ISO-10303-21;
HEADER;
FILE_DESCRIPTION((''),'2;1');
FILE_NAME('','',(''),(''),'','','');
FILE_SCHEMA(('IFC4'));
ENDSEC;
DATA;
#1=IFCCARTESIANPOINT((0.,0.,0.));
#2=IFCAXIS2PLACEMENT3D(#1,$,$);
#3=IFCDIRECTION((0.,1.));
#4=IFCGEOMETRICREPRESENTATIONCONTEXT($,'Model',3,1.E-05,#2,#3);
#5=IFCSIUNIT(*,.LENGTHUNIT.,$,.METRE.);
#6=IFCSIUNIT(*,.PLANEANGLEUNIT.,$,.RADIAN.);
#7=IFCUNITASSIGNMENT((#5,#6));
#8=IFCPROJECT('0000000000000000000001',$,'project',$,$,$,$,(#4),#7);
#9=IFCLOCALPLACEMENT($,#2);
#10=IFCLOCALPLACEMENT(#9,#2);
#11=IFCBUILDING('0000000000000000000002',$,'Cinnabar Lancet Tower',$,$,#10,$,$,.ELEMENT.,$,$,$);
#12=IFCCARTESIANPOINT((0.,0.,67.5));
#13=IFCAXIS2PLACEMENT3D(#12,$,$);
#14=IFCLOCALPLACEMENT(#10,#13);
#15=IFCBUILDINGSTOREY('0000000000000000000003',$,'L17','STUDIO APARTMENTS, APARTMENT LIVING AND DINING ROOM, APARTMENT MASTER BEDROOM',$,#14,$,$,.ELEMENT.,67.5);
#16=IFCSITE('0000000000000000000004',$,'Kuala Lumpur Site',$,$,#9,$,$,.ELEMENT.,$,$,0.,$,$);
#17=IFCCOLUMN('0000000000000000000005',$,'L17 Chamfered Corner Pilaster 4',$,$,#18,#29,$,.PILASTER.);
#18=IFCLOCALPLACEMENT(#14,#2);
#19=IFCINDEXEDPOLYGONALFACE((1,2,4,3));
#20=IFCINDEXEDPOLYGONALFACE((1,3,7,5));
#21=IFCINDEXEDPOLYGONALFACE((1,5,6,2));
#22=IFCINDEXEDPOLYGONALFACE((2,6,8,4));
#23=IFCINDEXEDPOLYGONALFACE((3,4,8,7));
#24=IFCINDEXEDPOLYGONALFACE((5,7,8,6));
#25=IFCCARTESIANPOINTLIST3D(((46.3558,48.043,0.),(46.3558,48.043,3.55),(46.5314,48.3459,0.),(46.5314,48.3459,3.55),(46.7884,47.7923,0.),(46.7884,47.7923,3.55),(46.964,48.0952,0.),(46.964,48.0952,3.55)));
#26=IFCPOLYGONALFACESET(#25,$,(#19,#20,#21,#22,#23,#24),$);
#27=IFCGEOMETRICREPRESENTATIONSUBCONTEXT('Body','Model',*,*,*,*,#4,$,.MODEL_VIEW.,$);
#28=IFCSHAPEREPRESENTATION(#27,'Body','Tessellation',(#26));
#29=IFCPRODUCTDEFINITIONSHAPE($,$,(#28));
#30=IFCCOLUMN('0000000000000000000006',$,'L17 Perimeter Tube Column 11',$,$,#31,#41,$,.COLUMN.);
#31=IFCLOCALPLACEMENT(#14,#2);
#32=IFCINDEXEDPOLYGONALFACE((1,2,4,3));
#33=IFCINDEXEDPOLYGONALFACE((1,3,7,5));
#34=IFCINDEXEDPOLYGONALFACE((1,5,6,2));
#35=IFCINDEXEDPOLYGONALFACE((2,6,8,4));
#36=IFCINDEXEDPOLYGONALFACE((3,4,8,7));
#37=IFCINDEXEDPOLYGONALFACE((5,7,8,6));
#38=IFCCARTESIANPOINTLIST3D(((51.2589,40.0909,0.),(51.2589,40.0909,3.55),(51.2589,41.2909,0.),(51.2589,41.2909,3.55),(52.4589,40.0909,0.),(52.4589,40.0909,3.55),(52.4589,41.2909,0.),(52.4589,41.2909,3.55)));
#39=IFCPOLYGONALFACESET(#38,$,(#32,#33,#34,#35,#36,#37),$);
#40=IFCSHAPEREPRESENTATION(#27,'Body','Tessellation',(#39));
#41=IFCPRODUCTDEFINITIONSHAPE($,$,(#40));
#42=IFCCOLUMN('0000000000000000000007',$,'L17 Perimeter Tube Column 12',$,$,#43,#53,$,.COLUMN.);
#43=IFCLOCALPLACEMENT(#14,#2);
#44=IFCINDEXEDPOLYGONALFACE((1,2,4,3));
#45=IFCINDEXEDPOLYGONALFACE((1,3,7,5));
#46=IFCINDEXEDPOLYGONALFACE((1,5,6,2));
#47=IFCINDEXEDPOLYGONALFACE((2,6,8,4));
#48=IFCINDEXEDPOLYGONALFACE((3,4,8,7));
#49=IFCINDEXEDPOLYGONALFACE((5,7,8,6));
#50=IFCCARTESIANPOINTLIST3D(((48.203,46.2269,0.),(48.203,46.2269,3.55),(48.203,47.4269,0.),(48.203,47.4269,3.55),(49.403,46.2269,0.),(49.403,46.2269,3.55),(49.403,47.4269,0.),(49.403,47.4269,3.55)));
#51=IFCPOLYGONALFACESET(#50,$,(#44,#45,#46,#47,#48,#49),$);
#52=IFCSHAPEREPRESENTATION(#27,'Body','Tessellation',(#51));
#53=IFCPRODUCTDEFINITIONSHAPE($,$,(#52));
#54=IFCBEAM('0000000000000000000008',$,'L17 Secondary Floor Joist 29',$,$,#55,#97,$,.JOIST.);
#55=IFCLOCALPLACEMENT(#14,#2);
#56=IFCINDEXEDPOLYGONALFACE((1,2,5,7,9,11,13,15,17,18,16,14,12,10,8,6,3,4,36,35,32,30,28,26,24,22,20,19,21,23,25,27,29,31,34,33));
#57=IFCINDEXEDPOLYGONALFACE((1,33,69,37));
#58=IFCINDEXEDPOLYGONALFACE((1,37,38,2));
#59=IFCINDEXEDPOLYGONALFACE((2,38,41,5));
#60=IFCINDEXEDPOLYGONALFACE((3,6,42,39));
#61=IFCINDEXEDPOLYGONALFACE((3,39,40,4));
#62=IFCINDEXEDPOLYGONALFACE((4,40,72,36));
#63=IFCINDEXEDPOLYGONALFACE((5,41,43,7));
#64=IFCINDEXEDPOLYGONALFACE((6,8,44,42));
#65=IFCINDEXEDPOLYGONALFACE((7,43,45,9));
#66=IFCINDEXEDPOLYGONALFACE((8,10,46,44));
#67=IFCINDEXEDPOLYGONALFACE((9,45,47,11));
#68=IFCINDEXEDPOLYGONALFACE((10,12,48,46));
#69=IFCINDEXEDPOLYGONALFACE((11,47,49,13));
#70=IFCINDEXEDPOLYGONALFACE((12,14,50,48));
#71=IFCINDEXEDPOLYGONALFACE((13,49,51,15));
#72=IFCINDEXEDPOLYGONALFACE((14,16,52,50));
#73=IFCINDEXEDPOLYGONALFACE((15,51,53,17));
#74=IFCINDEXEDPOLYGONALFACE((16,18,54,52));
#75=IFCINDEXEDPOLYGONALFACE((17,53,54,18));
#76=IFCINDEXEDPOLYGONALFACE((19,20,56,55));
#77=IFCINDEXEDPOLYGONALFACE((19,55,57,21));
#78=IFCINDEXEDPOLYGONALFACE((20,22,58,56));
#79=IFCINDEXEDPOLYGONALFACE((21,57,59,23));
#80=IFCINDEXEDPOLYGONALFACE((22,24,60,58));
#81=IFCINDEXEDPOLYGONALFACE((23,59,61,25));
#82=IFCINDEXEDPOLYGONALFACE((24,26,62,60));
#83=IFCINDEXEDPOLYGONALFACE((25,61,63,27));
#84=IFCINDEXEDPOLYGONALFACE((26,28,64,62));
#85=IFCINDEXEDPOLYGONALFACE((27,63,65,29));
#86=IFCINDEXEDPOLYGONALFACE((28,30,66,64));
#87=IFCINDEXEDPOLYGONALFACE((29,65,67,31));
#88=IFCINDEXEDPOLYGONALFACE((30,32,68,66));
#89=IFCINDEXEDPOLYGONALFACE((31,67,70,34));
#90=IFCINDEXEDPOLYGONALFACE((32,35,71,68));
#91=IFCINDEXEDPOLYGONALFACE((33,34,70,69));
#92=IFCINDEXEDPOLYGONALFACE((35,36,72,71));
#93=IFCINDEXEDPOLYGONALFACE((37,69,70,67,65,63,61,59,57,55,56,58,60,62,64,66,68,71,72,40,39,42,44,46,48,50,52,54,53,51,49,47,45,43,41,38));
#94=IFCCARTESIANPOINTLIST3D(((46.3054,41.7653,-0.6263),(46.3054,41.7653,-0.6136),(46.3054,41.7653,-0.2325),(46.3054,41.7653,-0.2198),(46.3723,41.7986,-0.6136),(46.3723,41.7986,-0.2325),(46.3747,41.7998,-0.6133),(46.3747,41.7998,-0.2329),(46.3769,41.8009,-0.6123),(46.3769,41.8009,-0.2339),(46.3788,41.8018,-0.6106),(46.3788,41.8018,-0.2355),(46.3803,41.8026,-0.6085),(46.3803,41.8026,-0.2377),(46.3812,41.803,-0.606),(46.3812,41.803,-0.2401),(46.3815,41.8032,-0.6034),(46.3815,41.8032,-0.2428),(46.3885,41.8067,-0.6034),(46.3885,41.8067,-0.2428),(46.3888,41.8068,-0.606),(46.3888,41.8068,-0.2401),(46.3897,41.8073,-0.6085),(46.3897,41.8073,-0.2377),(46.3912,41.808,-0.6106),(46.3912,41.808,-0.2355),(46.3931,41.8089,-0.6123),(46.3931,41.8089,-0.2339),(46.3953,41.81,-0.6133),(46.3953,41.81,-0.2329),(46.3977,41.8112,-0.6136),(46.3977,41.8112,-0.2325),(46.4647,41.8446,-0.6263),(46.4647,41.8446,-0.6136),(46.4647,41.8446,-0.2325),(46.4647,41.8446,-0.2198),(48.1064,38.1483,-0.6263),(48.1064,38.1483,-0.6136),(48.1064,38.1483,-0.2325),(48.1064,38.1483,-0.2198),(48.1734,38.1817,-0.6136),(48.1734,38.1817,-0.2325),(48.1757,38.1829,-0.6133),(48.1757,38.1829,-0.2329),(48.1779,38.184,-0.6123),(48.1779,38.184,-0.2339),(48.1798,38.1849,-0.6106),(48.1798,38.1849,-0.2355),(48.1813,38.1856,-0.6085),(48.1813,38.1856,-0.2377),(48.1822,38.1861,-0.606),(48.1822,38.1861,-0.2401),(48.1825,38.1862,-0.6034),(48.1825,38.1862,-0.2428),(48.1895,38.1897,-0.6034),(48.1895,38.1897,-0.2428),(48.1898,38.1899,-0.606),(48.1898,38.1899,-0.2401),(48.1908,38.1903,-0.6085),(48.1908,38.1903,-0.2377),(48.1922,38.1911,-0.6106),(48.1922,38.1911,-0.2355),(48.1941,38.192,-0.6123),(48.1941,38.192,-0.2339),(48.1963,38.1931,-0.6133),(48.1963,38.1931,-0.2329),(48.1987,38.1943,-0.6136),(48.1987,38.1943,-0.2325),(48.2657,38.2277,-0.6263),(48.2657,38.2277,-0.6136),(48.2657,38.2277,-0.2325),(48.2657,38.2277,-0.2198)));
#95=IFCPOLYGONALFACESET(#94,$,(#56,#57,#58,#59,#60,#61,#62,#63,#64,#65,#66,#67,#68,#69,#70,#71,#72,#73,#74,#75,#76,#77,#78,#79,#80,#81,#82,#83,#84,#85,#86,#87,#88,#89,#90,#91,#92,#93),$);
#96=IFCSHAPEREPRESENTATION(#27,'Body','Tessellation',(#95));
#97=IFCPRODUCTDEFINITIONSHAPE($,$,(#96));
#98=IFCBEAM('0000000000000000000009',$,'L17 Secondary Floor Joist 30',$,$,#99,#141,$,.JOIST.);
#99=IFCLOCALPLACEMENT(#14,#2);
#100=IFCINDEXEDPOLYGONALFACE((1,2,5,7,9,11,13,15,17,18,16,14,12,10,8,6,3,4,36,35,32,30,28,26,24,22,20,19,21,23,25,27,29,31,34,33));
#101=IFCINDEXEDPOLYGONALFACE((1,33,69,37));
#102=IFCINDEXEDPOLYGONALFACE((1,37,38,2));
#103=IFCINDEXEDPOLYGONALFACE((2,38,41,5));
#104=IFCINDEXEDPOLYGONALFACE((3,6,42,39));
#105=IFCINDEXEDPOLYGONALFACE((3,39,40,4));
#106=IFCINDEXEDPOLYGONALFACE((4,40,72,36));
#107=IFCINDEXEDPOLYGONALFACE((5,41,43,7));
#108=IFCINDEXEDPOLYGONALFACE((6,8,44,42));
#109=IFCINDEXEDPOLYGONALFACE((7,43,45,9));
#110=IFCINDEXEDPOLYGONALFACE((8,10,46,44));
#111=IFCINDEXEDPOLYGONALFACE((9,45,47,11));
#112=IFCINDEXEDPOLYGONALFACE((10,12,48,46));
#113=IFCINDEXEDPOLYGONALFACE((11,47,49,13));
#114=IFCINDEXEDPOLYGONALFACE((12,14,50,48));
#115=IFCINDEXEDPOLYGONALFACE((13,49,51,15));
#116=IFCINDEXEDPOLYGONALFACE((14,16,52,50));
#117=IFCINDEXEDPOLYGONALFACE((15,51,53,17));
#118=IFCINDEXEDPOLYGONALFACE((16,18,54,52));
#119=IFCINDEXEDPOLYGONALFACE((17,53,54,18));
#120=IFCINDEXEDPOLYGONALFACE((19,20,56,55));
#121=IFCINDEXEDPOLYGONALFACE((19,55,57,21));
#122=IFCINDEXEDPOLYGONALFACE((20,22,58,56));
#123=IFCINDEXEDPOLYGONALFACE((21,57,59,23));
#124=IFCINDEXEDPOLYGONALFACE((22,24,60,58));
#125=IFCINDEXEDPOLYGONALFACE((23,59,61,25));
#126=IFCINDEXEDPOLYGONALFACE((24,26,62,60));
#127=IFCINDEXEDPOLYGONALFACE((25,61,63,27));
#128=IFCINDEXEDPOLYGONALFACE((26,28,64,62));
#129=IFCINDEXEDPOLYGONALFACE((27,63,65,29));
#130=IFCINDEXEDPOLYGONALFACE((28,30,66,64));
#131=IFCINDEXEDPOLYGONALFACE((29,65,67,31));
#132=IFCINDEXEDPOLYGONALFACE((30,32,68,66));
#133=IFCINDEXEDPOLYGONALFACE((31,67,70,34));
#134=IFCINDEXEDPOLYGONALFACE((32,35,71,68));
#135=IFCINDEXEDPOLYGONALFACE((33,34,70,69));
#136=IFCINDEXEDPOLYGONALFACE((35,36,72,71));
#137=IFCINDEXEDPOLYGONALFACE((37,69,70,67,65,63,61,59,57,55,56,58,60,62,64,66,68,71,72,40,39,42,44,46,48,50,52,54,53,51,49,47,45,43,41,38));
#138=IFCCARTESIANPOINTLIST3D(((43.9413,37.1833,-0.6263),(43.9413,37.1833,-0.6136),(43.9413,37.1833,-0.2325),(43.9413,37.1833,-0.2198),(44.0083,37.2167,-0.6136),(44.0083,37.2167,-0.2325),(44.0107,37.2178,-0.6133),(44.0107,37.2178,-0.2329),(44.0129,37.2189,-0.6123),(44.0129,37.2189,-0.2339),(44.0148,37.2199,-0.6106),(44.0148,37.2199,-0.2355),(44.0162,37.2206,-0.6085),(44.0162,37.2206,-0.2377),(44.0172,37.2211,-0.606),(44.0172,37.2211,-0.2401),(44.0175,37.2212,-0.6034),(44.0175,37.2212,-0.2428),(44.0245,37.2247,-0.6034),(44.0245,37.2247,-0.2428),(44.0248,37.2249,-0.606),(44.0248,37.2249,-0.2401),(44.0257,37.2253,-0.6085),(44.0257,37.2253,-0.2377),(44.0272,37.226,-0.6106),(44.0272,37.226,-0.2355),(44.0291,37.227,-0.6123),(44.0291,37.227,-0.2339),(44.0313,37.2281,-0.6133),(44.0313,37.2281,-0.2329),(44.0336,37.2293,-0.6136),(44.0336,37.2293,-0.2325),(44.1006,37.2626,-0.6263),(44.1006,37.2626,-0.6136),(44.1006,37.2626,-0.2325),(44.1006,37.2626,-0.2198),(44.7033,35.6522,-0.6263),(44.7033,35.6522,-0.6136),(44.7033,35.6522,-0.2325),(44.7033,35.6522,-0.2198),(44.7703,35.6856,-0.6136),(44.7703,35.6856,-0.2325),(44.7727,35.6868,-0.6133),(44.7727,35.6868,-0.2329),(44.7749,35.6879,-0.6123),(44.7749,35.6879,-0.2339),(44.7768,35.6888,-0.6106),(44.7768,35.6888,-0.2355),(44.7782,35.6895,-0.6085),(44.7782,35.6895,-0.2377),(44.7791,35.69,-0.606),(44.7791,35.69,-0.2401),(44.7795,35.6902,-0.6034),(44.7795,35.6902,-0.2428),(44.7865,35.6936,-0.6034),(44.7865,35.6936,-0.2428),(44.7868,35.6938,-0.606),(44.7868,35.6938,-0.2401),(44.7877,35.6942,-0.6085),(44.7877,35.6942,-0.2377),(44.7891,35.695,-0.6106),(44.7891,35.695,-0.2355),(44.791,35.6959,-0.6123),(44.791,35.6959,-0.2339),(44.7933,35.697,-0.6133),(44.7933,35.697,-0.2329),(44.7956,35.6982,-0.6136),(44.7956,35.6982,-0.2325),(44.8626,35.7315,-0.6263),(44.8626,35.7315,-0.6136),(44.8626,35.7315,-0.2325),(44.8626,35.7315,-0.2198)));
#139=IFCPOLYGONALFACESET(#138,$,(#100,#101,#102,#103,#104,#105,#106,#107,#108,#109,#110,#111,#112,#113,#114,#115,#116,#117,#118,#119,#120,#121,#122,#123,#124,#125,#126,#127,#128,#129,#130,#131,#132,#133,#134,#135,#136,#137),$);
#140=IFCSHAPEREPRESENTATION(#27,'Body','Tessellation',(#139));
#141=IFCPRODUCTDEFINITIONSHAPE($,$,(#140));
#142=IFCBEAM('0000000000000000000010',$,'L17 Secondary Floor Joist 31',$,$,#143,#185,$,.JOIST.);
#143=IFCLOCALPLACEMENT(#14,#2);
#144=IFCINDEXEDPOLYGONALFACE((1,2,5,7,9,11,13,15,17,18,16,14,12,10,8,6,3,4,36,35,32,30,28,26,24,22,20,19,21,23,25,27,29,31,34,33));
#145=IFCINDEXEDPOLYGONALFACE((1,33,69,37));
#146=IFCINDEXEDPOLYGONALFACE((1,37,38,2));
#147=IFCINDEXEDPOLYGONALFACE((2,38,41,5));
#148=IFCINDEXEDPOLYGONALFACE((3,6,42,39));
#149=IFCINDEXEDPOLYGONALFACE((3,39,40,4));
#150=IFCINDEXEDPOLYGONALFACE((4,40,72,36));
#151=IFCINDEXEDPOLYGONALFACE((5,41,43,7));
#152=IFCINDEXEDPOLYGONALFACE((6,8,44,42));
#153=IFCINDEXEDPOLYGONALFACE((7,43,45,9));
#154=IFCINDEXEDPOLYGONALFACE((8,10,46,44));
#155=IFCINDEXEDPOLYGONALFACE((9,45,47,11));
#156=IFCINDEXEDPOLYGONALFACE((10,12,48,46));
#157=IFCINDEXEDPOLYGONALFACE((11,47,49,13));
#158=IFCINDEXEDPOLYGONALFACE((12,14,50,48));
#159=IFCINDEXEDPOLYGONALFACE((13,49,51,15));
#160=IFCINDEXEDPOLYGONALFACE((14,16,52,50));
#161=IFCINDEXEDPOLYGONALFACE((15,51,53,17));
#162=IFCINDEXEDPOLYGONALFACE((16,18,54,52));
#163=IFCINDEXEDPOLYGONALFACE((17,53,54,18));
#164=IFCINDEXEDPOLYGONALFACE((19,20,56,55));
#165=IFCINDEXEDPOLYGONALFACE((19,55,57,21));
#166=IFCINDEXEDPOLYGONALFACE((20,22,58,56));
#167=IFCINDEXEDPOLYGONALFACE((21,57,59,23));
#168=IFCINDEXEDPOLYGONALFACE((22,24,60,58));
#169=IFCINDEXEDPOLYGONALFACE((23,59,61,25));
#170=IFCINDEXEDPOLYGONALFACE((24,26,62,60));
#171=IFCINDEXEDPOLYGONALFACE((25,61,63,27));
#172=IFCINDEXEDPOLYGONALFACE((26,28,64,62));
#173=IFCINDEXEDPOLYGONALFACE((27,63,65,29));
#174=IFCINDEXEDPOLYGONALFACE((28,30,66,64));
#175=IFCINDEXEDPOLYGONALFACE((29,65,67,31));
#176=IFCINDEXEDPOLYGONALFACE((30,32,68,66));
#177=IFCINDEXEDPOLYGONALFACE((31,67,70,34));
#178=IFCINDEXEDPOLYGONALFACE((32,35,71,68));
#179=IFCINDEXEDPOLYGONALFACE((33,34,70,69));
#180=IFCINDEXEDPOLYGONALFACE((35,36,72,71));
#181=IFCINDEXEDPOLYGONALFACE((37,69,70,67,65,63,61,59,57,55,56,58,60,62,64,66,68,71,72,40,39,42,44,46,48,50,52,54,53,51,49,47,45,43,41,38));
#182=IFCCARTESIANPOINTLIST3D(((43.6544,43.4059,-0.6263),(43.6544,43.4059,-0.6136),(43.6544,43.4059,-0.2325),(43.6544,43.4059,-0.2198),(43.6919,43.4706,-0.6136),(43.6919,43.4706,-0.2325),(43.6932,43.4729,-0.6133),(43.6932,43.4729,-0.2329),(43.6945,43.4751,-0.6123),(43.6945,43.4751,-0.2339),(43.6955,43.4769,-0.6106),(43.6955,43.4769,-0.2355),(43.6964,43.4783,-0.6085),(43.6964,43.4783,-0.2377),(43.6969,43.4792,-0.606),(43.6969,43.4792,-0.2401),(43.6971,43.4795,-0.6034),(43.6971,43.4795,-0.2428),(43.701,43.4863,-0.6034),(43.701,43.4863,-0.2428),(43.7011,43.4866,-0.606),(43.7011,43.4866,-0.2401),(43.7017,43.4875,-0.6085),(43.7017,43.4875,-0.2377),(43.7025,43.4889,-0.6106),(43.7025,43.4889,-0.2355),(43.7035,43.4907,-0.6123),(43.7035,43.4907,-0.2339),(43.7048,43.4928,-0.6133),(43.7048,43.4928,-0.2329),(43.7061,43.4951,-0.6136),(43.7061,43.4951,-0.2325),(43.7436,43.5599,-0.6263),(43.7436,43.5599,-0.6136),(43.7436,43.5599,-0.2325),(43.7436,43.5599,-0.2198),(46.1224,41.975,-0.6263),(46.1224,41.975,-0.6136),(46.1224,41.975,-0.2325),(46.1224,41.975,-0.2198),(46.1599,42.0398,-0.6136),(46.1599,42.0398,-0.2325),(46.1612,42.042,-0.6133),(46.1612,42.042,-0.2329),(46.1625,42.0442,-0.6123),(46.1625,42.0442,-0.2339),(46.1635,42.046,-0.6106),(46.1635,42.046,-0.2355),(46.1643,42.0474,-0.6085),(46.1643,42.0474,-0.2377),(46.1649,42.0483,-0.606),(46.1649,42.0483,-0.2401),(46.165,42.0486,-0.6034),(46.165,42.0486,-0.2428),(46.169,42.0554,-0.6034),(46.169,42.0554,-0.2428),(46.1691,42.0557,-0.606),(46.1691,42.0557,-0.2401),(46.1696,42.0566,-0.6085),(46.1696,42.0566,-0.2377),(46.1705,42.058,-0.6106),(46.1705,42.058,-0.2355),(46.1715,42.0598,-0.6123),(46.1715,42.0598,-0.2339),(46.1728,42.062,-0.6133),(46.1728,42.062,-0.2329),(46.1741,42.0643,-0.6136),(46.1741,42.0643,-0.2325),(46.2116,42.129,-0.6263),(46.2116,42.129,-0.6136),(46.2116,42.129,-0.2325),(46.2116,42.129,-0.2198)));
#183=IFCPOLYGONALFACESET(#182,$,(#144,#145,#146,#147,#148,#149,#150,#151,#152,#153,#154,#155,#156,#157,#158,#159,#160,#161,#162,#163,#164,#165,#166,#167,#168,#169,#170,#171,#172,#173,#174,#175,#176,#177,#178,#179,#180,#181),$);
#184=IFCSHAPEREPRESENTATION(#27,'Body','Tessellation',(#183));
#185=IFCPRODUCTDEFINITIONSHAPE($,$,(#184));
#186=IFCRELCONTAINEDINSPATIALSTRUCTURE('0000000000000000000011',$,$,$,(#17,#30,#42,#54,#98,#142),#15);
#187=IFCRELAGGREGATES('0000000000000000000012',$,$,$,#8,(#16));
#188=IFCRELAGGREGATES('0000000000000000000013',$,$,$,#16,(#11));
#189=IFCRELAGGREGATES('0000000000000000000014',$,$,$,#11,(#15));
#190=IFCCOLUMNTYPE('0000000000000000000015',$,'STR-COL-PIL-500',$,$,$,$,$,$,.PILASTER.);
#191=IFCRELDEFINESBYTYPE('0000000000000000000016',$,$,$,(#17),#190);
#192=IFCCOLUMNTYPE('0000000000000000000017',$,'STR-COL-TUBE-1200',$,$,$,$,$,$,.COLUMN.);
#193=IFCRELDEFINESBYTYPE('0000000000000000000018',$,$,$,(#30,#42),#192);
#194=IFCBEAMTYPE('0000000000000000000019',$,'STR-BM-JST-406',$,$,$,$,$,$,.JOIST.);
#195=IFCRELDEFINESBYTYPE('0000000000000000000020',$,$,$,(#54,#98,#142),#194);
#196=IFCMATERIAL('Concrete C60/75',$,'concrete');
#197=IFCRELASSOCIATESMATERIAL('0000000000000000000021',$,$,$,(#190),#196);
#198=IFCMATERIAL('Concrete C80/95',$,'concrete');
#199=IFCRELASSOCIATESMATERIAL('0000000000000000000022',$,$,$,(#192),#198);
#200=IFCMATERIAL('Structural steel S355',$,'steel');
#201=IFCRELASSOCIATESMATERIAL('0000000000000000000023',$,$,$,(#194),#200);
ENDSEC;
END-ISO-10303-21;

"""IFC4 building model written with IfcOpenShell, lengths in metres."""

from ifc_helpers import new_model, si_unit, direction, frame, origin, origin_2d, place, context, subcontext, project, spatial, rectangle, i_section, extrude, material, material_profile, profile_set, type_object, element, save


model = new_model("IFC4")

# Units and contexts
model_context = context("Model", 3, precision=1e-05, world=origin(), true_north=direction((0.0, 1.0)))
body_context = subcontext(model_context, "Body", "Model", "MODEL_VIEW")
ifc_project = project(units=[si_unit("LENGTHUNIT", "METRE"), si_unit("PLANEANGLEUNIT", "RADIAN")], contexts=[model_context])

# Site, building, storey
site_placement = place(None, origin())
site = spatial("IfcSite", under=ifc_project, at=site_placement, Name="Kuala Lumpur Site", CompositionType="ELEMENT", RefElevation=0.0)
building_placement = place(site_placement, origin())
building = spatial("IfcBuilding", under=site, at=building_placement, Name="Cinnabar Lancet Tower", CompositionType="ELEMENT")
storey_placement = place(building_placement, frame((0.0, 0.0, 67.5)))
storey = spatial("IfcBuildingStorey", under=building, at=storey_placement, Name="L17", Description="STUDIO APARTMENTS, APARTMENT LIVING AND DINING ROOM, APARTMENT MASTER BEDROOM", CompositionType="ELEMENT", Elevation=67.5)

# Columns
ifc_material_1 = material(Name="Concrete C60/75", Category="concrete")
ifc_material_profile_1 = material_profile(ifc_material_1, rectangle(XDim=0.5, YDim=0.3501, at=origin_2d()), Name="RC-PIL 500x350")
ifc_profile_set_1 = profile_set([ifc_material_profile_1], Name="Concrete C60/75")
column_type_1 = type_object("IfcColumnType", Name="STR-COL-PIL-500", PredefinedType="PILASTER", material=ifc_profile_set_1)
column_placement = place(storey_placement, frame((46.6599, 48.0691, 0.0), z_axis=(0.0, 0.0, 1.0), x_axis=(-0.865195, 0.501435, 0.0)))
element("IfcColumn", 1, at=column_placement, inside=storey, type_object=column_type_1, Name="L17 Chamfered Corner Pilaster 4", PredefinedType="PILASTER", context=body_context, shape_type="SweptSolid", body=[
    extrude(rectangle(XDim=0.5, YDim=0.3501, at=origin_2d()), origin(), (0.0, 0.0, 1.0), 3.55),
])
ifc_material_2 = material(Name="Concrete C80/95", Category="concrete")
ifc_material_profile_2 = material_profile(ifc_material_2, rectangle(XDim=1.2, YDim=1.2, at=origin_2d()), Name="RC-COL 1200x1200")
ifc_profile_set_2 = profile_set([ifc_material_profile_2], Name="Concrete C80/95")
column_type_2 = type_object("IfcColumnType", Name="STR-COL-TUBE-1200", PredefinedType="COLUMN", material=ifc_profile_set_2)
for number, where, z_axis, x_axis, name in (
    (2, (51.8589, 40.6909, 0.0), (0.0, 0.0, 1.0), (1.0, 0.0, 0.0), "L17 Perimeter Tube Column 11"),
    (3, (48.803, 46.8269, 0.0), (0.0, 0.0, 1.0), (1.0, 0.0, 0.0), "L17 Perimeter Tube Column 12"),
):
    element("IfcColumn", number, at=place(storey_placement, frame(where, z_axis=z_axis, x_axis=x_axis)), inside=storey, type_object=column_type_2, Name=name, PredefinedType="COLUMN", context=body_context, shape_type="SweptSolid", body=[
        extrude(rectangle(XDim=1.2, YDim=1.2, at=origin_2d()), origin(), (0.0, 0.0, 1.0), 3.55),
    ])

# Beams
ifc_material_3 = material(Name="Structural steel S355", Category="steel")
ifc_material_profile_3 = material_profile(ifc_material_3, i_section(OverallWidth=0.178, OverallDepth=0.4065, WebThickness=0.0078, FlangeThickness=0.0127, FilletRadius=0.0103, at=origin_2d()), Name="UKB 406x178x60")
ifc_profile_set_3 = profile_set([ifc_material_profile_3], Name="Structural steel S355")
beam_type_1 = type_object("IfcBeamType", Name="STR-BM-JST-406", PredefinedType="JOIST", material=ifc_profile_set_3)
beam_1_placement = place(storey_placement, frame((48.186, 38.188, -0.4231), z_axis=(-0.445739, 0.895163, 0.0), x_axis=(-0.895163, -0.445739, 0.0)))
element("IfcBeam", 4, at=beam_1_placement, inside=storey, type_object=beam_type_1, Name="L17 Secondary Floor Joist 29", PredefinedType="JOIST", context=body_context, shape_type="SweptSolid", body=[
    extrude(i_section(OverallWidth=0.178, OverallDepth=0.4065, WebThickness=0.0078, FlangeThickness=0.0127, FilletRadius=0.0103, at=origin_2d()), origin(), (0.0, 0.0, 1.0), 4.0405),
])
beam_2_placement = place(storey_placement, frame((44.783, 35.6919, -0.4231), z_axis=(-0.445557, 0.895254, 0.0), x_axis=(-0.895254, -0.445557, 0.0)))
element("IfcBeam", 5, at=beam_2_placement, inside=storey, type_object=beam_type_1, Name="L17 Secondary Floor Joist 30", PredefinedType="JOIST", context=body_context, shape_type="SweptSolid", body=[
    extrude(i_section(OverallWidth=0.178, OverallDepth=0.4065, WebThickness=0.0078, FlangeThickness=0.0127, FilletRadius=0.0103, at=origin_2d()), origin(), (0.0, 0.0, 1.0), 1.7102),
])
beam_3_placement = place(storey_placement, frame((46.167, 42.052, -0.4231), z_axis=(-0.865114, 0.501576, 0.0), x_axis=(-0.501576, -0.865114, 0.0)))
element("IfcBeam", 6, at=beam_3_placement, inside=storey, type_object=beam_type_1, Name="L17 Secondary Floor Joist 31", PredefinedType="JOIST", context=body_context, shape_type="SweptSolid", body=[
    extrude(i_section(OverallWidth=0.178, OverallDepth=0.4065, WebThickness=0.0078, FlangeThickness=0.0127, FilletRadius=0.0103, at=origin_2d()), origin(), (0.0, 0.0, 1.0), 2.8528),
])

save(model, "model.ifc")
